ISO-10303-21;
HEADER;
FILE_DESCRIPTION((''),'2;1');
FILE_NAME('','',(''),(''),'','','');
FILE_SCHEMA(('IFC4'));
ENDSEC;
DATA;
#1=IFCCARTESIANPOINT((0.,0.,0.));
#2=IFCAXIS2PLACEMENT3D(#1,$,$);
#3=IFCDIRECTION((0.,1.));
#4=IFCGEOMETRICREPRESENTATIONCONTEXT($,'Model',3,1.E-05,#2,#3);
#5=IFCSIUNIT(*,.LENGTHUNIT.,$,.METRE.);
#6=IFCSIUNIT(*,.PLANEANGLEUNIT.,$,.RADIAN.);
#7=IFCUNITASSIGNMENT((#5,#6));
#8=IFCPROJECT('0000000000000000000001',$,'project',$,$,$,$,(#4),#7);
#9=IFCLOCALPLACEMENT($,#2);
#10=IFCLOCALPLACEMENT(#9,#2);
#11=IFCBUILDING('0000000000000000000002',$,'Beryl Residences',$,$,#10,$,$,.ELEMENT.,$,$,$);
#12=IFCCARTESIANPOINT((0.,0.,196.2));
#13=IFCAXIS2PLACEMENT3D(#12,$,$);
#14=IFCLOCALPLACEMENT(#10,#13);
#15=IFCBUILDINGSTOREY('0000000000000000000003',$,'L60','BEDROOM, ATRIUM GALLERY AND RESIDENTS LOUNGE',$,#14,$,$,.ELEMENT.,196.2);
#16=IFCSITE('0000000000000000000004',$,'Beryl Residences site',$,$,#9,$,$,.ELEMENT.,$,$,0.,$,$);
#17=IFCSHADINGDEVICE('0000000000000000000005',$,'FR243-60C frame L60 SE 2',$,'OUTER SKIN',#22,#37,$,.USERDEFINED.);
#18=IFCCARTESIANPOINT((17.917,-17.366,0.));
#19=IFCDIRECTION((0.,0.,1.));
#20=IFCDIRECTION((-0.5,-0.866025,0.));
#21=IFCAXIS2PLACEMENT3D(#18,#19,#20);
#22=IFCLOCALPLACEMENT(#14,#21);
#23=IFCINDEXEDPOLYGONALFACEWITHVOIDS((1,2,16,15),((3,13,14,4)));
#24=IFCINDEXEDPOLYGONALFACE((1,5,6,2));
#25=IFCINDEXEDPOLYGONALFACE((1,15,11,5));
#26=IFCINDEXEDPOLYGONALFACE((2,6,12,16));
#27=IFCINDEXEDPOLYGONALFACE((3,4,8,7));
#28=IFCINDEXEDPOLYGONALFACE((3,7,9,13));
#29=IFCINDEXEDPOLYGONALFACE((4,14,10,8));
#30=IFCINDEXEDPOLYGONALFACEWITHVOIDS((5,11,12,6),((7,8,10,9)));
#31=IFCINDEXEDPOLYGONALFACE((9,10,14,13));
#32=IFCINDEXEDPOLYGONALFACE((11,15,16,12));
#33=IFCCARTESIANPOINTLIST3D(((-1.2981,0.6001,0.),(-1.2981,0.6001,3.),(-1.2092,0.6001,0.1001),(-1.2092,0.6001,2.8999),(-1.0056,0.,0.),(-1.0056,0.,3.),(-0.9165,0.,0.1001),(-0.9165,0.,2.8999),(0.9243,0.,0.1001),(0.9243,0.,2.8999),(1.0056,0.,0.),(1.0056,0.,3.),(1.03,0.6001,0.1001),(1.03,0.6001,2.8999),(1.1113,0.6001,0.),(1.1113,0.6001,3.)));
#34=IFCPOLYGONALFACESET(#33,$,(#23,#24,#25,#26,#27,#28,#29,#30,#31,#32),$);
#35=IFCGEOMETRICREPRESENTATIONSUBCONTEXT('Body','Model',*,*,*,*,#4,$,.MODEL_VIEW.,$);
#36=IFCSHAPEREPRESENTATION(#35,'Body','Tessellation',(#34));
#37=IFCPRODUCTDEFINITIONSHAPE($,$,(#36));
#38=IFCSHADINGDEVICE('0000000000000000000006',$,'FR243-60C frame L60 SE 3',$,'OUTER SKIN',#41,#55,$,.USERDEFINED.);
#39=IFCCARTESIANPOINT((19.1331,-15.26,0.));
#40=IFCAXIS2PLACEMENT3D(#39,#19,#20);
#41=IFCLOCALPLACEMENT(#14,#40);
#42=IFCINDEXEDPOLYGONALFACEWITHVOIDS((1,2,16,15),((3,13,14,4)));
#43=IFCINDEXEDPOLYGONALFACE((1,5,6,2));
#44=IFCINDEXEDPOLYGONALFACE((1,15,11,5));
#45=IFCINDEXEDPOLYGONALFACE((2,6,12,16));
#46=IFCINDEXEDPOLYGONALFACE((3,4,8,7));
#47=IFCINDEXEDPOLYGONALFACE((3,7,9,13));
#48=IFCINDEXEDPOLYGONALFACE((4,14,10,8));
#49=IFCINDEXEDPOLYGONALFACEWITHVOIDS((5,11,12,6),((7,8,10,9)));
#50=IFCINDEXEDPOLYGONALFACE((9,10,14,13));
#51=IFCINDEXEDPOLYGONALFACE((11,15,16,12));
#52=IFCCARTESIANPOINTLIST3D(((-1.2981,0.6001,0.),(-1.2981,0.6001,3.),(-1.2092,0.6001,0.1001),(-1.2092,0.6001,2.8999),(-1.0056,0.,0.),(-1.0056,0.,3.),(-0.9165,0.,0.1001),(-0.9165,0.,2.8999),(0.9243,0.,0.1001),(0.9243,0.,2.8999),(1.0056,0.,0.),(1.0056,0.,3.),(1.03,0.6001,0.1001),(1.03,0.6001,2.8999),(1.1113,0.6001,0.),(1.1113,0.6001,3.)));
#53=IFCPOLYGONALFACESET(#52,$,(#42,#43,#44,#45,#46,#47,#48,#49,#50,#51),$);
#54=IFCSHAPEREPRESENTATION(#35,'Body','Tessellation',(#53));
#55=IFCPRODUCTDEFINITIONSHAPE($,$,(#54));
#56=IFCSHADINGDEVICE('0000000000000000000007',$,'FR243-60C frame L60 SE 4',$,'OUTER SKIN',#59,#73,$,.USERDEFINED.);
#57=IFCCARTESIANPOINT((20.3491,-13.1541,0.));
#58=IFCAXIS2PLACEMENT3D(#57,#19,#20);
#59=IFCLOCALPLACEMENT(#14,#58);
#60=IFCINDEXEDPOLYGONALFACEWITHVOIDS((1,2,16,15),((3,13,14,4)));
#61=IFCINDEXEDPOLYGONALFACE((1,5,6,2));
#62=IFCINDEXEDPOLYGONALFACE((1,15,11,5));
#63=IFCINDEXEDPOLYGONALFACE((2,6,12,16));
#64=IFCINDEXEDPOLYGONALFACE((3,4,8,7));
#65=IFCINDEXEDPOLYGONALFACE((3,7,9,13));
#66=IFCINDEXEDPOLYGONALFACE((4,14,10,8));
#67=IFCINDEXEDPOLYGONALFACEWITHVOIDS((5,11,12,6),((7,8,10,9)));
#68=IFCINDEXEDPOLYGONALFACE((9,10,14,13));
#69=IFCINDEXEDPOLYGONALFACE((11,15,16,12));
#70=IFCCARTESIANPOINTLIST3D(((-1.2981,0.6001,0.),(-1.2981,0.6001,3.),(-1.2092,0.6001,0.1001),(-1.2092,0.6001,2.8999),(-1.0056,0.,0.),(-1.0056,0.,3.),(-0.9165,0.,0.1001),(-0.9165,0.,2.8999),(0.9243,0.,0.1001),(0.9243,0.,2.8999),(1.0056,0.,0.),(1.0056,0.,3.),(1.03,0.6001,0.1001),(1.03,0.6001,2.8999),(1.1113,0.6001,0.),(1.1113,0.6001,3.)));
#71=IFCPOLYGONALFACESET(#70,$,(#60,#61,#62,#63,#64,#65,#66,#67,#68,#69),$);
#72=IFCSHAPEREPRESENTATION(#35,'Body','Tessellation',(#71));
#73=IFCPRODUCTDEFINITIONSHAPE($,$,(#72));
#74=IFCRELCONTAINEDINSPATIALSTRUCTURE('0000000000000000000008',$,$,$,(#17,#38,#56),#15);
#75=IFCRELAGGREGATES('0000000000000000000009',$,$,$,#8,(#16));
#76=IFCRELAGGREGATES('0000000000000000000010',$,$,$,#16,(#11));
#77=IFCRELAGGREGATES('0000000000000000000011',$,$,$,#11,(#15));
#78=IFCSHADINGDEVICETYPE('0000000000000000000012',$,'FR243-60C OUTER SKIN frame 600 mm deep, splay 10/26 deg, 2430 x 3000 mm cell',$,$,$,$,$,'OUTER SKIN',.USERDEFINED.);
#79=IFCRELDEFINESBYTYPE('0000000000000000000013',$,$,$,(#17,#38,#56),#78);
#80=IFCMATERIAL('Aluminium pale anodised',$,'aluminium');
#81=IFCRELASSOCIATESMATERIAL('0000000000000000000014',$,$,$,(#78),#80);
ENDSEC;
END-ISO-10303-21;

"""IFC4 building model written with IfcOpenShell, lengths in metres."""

from ifc_helpers import new_model, entity, si_unit, direction, frame, origin, place, context, subcontext, project, spatial, source, transform, mapped, material, type_object, type_shapes, element, save


model = new_model("IFC4")

# Units and contexts
model_context = context("Model", 3, precision=1e-05, world=origin(), true_north=direction((0.0, 1.0)))
body_context = subcontext(model_context, "Body", "Model", "MODEL_VIEW")
ifc_project = project(units=[si_unit("LENGTHUNIT", "METRE"), si_unit("PLANEANGLEUNIT", "RADIAN")], contexts=[model_context])

# Site, building, storey
site_placement = place(None, origin())
site = spatial("IfcSite", under=ifc_project, at=site_placement, Name="Beryl Residences site", CompositionType="ELEMENT", RefElevation=0.0)
building_placement = place(site_placement, origin())
building = spatial("IfcBuilding", under=site, at=building_placement, Name="Beryl Residences", CompositionType="ELEMENT")
storey_placement = place(building_placement, frame((0.0, 0.0, 196.2)))
storey = spatial("IfcBuildingStorey", under=building, at=storey_placement, Name="L60", Description="BEDROOM, ATRIUM GALLERY AND RESIDENTS LOUNGE", CompositionType="ELEMENT", Elevation=196.2)

# Shading devices
ifc_material_1 = material(Name="Aluminium pale anodised", Category="aluminium")
shading_device_type = type_object("IfcShadingDeviceType", Name="FR243-60C OUTER SKIN frame 600 mm deep, splay 10/26 deg, 2430 x 3000 mm cell", ElementType="OUTER SKIN", PredefinedType="USERDEFINED", material=ifc_material_1)
cartesian_point_1 = entity("IfcCartesianPoint", [-1.0056, 0.0])
cartesian_point_2 = entity("IfcCartesianPoint", [-0.9243, 0.1001])
cartesian_point_3 = entity("IfcCartesianPoint", [-1.1113, 0.0])
cartesian_point_4 = entity("IfcCartesianPoint", [-1.03, 0.1001])
shared_shape = source(origin(), body_context, "Body", "SweptSolid", [
    entity("IfcExtrudedAreaSolidTapered", entity("IfcArbitraryProfileDefWithVoids", "AREA", None, entity("IfcPolyline", [cartesian_point_1, entity("IfcCartesianPoint", [1.0056, 0.0]), entity("IfcCartesianPoint", [1.0056, 3.0]), entity("IfcCartesianPoint", [-1.0056, 3.0]), cartesian_point_1]), [entity("IfcPolyline", [cartesian_point_2, entity("IfcCartesianPoint", [0.9165, 0.1001]), entity("IfcCartesianPoint", [0.9165, 2.8999]), entity("IfcCartesianPoint", [-0.9243, 2.8999]), cartesian_point_2])]), entity("IfcAxis2Placement3D", entity("IfcCartesianPoint", [0.0, 0.0, 0.0]), entity("IfcDirection", [0.0, 1.0, 0.0]), entity("IfcDirection", [-1.0, 0.0, 0.0])), entity("IfcDirection", [0.0, 0.0, 1.0]), 0.6001, entity("IfcArbitraryProfileDefWithVoids", "AREA", None, entity("IfcPolyline", [cartesian_point_3, entity("IfcCartesianPoint", [1.2981, 0.0]), entity("IfcCartesianPoint", [1.2981, 3.0]), entity("IfcCartesianPoint", [-1.1113, 3.0]), cartesian_point_3]), [entity("IfcPolyline", [cartesian_point_4, entity("IfcCartesianPoint", [1.2092, 0.1001]), entity("IfcCartesianPoint", [1.2092, 2.8999]), entity("IfcCartesianPoint", [-1.03, 2.8999]), cartesian_point_4])])),
])
type_shapes(shading_device_type, [shared_shape])
for number, where, z_axis, x_axis, name in (
    (1, (17.917, -17.366, 0.0), (0.0, 0.0, 1.0), (-0.5, -0.866025, 0.0), "FR243-60C frame L60 SE 2"),
    (2, (19.1331, -15.26, 0.0), (0.0, 0.0, 1.0), (-0.5, -0.866025, 0.0), "FR243-60C frame L60 SE 3"),
    (3, (20.3491, -13.1541, 0.0), (0.0, 0.0, 1.0), (-0.5, -0.866025, 0.0), "FR243-60C frame L60 SE 4"),
):
    element("IfcShadingDevice", number, at=place(storey_placement, frame(where, z_axis=z_axis, x_axis=x_axis)), inside=storey, type_object=shading_device_type, Name=name, ObjectType="OUTER SKIN", PredefinedType="USERDEFINED", context=body_context, shape_type="MappedRepresentation", body=[
        mapped(shared_shape, transform((0.0, 0.0, 0.0))),
    ])

save(model, "model.ifc")
